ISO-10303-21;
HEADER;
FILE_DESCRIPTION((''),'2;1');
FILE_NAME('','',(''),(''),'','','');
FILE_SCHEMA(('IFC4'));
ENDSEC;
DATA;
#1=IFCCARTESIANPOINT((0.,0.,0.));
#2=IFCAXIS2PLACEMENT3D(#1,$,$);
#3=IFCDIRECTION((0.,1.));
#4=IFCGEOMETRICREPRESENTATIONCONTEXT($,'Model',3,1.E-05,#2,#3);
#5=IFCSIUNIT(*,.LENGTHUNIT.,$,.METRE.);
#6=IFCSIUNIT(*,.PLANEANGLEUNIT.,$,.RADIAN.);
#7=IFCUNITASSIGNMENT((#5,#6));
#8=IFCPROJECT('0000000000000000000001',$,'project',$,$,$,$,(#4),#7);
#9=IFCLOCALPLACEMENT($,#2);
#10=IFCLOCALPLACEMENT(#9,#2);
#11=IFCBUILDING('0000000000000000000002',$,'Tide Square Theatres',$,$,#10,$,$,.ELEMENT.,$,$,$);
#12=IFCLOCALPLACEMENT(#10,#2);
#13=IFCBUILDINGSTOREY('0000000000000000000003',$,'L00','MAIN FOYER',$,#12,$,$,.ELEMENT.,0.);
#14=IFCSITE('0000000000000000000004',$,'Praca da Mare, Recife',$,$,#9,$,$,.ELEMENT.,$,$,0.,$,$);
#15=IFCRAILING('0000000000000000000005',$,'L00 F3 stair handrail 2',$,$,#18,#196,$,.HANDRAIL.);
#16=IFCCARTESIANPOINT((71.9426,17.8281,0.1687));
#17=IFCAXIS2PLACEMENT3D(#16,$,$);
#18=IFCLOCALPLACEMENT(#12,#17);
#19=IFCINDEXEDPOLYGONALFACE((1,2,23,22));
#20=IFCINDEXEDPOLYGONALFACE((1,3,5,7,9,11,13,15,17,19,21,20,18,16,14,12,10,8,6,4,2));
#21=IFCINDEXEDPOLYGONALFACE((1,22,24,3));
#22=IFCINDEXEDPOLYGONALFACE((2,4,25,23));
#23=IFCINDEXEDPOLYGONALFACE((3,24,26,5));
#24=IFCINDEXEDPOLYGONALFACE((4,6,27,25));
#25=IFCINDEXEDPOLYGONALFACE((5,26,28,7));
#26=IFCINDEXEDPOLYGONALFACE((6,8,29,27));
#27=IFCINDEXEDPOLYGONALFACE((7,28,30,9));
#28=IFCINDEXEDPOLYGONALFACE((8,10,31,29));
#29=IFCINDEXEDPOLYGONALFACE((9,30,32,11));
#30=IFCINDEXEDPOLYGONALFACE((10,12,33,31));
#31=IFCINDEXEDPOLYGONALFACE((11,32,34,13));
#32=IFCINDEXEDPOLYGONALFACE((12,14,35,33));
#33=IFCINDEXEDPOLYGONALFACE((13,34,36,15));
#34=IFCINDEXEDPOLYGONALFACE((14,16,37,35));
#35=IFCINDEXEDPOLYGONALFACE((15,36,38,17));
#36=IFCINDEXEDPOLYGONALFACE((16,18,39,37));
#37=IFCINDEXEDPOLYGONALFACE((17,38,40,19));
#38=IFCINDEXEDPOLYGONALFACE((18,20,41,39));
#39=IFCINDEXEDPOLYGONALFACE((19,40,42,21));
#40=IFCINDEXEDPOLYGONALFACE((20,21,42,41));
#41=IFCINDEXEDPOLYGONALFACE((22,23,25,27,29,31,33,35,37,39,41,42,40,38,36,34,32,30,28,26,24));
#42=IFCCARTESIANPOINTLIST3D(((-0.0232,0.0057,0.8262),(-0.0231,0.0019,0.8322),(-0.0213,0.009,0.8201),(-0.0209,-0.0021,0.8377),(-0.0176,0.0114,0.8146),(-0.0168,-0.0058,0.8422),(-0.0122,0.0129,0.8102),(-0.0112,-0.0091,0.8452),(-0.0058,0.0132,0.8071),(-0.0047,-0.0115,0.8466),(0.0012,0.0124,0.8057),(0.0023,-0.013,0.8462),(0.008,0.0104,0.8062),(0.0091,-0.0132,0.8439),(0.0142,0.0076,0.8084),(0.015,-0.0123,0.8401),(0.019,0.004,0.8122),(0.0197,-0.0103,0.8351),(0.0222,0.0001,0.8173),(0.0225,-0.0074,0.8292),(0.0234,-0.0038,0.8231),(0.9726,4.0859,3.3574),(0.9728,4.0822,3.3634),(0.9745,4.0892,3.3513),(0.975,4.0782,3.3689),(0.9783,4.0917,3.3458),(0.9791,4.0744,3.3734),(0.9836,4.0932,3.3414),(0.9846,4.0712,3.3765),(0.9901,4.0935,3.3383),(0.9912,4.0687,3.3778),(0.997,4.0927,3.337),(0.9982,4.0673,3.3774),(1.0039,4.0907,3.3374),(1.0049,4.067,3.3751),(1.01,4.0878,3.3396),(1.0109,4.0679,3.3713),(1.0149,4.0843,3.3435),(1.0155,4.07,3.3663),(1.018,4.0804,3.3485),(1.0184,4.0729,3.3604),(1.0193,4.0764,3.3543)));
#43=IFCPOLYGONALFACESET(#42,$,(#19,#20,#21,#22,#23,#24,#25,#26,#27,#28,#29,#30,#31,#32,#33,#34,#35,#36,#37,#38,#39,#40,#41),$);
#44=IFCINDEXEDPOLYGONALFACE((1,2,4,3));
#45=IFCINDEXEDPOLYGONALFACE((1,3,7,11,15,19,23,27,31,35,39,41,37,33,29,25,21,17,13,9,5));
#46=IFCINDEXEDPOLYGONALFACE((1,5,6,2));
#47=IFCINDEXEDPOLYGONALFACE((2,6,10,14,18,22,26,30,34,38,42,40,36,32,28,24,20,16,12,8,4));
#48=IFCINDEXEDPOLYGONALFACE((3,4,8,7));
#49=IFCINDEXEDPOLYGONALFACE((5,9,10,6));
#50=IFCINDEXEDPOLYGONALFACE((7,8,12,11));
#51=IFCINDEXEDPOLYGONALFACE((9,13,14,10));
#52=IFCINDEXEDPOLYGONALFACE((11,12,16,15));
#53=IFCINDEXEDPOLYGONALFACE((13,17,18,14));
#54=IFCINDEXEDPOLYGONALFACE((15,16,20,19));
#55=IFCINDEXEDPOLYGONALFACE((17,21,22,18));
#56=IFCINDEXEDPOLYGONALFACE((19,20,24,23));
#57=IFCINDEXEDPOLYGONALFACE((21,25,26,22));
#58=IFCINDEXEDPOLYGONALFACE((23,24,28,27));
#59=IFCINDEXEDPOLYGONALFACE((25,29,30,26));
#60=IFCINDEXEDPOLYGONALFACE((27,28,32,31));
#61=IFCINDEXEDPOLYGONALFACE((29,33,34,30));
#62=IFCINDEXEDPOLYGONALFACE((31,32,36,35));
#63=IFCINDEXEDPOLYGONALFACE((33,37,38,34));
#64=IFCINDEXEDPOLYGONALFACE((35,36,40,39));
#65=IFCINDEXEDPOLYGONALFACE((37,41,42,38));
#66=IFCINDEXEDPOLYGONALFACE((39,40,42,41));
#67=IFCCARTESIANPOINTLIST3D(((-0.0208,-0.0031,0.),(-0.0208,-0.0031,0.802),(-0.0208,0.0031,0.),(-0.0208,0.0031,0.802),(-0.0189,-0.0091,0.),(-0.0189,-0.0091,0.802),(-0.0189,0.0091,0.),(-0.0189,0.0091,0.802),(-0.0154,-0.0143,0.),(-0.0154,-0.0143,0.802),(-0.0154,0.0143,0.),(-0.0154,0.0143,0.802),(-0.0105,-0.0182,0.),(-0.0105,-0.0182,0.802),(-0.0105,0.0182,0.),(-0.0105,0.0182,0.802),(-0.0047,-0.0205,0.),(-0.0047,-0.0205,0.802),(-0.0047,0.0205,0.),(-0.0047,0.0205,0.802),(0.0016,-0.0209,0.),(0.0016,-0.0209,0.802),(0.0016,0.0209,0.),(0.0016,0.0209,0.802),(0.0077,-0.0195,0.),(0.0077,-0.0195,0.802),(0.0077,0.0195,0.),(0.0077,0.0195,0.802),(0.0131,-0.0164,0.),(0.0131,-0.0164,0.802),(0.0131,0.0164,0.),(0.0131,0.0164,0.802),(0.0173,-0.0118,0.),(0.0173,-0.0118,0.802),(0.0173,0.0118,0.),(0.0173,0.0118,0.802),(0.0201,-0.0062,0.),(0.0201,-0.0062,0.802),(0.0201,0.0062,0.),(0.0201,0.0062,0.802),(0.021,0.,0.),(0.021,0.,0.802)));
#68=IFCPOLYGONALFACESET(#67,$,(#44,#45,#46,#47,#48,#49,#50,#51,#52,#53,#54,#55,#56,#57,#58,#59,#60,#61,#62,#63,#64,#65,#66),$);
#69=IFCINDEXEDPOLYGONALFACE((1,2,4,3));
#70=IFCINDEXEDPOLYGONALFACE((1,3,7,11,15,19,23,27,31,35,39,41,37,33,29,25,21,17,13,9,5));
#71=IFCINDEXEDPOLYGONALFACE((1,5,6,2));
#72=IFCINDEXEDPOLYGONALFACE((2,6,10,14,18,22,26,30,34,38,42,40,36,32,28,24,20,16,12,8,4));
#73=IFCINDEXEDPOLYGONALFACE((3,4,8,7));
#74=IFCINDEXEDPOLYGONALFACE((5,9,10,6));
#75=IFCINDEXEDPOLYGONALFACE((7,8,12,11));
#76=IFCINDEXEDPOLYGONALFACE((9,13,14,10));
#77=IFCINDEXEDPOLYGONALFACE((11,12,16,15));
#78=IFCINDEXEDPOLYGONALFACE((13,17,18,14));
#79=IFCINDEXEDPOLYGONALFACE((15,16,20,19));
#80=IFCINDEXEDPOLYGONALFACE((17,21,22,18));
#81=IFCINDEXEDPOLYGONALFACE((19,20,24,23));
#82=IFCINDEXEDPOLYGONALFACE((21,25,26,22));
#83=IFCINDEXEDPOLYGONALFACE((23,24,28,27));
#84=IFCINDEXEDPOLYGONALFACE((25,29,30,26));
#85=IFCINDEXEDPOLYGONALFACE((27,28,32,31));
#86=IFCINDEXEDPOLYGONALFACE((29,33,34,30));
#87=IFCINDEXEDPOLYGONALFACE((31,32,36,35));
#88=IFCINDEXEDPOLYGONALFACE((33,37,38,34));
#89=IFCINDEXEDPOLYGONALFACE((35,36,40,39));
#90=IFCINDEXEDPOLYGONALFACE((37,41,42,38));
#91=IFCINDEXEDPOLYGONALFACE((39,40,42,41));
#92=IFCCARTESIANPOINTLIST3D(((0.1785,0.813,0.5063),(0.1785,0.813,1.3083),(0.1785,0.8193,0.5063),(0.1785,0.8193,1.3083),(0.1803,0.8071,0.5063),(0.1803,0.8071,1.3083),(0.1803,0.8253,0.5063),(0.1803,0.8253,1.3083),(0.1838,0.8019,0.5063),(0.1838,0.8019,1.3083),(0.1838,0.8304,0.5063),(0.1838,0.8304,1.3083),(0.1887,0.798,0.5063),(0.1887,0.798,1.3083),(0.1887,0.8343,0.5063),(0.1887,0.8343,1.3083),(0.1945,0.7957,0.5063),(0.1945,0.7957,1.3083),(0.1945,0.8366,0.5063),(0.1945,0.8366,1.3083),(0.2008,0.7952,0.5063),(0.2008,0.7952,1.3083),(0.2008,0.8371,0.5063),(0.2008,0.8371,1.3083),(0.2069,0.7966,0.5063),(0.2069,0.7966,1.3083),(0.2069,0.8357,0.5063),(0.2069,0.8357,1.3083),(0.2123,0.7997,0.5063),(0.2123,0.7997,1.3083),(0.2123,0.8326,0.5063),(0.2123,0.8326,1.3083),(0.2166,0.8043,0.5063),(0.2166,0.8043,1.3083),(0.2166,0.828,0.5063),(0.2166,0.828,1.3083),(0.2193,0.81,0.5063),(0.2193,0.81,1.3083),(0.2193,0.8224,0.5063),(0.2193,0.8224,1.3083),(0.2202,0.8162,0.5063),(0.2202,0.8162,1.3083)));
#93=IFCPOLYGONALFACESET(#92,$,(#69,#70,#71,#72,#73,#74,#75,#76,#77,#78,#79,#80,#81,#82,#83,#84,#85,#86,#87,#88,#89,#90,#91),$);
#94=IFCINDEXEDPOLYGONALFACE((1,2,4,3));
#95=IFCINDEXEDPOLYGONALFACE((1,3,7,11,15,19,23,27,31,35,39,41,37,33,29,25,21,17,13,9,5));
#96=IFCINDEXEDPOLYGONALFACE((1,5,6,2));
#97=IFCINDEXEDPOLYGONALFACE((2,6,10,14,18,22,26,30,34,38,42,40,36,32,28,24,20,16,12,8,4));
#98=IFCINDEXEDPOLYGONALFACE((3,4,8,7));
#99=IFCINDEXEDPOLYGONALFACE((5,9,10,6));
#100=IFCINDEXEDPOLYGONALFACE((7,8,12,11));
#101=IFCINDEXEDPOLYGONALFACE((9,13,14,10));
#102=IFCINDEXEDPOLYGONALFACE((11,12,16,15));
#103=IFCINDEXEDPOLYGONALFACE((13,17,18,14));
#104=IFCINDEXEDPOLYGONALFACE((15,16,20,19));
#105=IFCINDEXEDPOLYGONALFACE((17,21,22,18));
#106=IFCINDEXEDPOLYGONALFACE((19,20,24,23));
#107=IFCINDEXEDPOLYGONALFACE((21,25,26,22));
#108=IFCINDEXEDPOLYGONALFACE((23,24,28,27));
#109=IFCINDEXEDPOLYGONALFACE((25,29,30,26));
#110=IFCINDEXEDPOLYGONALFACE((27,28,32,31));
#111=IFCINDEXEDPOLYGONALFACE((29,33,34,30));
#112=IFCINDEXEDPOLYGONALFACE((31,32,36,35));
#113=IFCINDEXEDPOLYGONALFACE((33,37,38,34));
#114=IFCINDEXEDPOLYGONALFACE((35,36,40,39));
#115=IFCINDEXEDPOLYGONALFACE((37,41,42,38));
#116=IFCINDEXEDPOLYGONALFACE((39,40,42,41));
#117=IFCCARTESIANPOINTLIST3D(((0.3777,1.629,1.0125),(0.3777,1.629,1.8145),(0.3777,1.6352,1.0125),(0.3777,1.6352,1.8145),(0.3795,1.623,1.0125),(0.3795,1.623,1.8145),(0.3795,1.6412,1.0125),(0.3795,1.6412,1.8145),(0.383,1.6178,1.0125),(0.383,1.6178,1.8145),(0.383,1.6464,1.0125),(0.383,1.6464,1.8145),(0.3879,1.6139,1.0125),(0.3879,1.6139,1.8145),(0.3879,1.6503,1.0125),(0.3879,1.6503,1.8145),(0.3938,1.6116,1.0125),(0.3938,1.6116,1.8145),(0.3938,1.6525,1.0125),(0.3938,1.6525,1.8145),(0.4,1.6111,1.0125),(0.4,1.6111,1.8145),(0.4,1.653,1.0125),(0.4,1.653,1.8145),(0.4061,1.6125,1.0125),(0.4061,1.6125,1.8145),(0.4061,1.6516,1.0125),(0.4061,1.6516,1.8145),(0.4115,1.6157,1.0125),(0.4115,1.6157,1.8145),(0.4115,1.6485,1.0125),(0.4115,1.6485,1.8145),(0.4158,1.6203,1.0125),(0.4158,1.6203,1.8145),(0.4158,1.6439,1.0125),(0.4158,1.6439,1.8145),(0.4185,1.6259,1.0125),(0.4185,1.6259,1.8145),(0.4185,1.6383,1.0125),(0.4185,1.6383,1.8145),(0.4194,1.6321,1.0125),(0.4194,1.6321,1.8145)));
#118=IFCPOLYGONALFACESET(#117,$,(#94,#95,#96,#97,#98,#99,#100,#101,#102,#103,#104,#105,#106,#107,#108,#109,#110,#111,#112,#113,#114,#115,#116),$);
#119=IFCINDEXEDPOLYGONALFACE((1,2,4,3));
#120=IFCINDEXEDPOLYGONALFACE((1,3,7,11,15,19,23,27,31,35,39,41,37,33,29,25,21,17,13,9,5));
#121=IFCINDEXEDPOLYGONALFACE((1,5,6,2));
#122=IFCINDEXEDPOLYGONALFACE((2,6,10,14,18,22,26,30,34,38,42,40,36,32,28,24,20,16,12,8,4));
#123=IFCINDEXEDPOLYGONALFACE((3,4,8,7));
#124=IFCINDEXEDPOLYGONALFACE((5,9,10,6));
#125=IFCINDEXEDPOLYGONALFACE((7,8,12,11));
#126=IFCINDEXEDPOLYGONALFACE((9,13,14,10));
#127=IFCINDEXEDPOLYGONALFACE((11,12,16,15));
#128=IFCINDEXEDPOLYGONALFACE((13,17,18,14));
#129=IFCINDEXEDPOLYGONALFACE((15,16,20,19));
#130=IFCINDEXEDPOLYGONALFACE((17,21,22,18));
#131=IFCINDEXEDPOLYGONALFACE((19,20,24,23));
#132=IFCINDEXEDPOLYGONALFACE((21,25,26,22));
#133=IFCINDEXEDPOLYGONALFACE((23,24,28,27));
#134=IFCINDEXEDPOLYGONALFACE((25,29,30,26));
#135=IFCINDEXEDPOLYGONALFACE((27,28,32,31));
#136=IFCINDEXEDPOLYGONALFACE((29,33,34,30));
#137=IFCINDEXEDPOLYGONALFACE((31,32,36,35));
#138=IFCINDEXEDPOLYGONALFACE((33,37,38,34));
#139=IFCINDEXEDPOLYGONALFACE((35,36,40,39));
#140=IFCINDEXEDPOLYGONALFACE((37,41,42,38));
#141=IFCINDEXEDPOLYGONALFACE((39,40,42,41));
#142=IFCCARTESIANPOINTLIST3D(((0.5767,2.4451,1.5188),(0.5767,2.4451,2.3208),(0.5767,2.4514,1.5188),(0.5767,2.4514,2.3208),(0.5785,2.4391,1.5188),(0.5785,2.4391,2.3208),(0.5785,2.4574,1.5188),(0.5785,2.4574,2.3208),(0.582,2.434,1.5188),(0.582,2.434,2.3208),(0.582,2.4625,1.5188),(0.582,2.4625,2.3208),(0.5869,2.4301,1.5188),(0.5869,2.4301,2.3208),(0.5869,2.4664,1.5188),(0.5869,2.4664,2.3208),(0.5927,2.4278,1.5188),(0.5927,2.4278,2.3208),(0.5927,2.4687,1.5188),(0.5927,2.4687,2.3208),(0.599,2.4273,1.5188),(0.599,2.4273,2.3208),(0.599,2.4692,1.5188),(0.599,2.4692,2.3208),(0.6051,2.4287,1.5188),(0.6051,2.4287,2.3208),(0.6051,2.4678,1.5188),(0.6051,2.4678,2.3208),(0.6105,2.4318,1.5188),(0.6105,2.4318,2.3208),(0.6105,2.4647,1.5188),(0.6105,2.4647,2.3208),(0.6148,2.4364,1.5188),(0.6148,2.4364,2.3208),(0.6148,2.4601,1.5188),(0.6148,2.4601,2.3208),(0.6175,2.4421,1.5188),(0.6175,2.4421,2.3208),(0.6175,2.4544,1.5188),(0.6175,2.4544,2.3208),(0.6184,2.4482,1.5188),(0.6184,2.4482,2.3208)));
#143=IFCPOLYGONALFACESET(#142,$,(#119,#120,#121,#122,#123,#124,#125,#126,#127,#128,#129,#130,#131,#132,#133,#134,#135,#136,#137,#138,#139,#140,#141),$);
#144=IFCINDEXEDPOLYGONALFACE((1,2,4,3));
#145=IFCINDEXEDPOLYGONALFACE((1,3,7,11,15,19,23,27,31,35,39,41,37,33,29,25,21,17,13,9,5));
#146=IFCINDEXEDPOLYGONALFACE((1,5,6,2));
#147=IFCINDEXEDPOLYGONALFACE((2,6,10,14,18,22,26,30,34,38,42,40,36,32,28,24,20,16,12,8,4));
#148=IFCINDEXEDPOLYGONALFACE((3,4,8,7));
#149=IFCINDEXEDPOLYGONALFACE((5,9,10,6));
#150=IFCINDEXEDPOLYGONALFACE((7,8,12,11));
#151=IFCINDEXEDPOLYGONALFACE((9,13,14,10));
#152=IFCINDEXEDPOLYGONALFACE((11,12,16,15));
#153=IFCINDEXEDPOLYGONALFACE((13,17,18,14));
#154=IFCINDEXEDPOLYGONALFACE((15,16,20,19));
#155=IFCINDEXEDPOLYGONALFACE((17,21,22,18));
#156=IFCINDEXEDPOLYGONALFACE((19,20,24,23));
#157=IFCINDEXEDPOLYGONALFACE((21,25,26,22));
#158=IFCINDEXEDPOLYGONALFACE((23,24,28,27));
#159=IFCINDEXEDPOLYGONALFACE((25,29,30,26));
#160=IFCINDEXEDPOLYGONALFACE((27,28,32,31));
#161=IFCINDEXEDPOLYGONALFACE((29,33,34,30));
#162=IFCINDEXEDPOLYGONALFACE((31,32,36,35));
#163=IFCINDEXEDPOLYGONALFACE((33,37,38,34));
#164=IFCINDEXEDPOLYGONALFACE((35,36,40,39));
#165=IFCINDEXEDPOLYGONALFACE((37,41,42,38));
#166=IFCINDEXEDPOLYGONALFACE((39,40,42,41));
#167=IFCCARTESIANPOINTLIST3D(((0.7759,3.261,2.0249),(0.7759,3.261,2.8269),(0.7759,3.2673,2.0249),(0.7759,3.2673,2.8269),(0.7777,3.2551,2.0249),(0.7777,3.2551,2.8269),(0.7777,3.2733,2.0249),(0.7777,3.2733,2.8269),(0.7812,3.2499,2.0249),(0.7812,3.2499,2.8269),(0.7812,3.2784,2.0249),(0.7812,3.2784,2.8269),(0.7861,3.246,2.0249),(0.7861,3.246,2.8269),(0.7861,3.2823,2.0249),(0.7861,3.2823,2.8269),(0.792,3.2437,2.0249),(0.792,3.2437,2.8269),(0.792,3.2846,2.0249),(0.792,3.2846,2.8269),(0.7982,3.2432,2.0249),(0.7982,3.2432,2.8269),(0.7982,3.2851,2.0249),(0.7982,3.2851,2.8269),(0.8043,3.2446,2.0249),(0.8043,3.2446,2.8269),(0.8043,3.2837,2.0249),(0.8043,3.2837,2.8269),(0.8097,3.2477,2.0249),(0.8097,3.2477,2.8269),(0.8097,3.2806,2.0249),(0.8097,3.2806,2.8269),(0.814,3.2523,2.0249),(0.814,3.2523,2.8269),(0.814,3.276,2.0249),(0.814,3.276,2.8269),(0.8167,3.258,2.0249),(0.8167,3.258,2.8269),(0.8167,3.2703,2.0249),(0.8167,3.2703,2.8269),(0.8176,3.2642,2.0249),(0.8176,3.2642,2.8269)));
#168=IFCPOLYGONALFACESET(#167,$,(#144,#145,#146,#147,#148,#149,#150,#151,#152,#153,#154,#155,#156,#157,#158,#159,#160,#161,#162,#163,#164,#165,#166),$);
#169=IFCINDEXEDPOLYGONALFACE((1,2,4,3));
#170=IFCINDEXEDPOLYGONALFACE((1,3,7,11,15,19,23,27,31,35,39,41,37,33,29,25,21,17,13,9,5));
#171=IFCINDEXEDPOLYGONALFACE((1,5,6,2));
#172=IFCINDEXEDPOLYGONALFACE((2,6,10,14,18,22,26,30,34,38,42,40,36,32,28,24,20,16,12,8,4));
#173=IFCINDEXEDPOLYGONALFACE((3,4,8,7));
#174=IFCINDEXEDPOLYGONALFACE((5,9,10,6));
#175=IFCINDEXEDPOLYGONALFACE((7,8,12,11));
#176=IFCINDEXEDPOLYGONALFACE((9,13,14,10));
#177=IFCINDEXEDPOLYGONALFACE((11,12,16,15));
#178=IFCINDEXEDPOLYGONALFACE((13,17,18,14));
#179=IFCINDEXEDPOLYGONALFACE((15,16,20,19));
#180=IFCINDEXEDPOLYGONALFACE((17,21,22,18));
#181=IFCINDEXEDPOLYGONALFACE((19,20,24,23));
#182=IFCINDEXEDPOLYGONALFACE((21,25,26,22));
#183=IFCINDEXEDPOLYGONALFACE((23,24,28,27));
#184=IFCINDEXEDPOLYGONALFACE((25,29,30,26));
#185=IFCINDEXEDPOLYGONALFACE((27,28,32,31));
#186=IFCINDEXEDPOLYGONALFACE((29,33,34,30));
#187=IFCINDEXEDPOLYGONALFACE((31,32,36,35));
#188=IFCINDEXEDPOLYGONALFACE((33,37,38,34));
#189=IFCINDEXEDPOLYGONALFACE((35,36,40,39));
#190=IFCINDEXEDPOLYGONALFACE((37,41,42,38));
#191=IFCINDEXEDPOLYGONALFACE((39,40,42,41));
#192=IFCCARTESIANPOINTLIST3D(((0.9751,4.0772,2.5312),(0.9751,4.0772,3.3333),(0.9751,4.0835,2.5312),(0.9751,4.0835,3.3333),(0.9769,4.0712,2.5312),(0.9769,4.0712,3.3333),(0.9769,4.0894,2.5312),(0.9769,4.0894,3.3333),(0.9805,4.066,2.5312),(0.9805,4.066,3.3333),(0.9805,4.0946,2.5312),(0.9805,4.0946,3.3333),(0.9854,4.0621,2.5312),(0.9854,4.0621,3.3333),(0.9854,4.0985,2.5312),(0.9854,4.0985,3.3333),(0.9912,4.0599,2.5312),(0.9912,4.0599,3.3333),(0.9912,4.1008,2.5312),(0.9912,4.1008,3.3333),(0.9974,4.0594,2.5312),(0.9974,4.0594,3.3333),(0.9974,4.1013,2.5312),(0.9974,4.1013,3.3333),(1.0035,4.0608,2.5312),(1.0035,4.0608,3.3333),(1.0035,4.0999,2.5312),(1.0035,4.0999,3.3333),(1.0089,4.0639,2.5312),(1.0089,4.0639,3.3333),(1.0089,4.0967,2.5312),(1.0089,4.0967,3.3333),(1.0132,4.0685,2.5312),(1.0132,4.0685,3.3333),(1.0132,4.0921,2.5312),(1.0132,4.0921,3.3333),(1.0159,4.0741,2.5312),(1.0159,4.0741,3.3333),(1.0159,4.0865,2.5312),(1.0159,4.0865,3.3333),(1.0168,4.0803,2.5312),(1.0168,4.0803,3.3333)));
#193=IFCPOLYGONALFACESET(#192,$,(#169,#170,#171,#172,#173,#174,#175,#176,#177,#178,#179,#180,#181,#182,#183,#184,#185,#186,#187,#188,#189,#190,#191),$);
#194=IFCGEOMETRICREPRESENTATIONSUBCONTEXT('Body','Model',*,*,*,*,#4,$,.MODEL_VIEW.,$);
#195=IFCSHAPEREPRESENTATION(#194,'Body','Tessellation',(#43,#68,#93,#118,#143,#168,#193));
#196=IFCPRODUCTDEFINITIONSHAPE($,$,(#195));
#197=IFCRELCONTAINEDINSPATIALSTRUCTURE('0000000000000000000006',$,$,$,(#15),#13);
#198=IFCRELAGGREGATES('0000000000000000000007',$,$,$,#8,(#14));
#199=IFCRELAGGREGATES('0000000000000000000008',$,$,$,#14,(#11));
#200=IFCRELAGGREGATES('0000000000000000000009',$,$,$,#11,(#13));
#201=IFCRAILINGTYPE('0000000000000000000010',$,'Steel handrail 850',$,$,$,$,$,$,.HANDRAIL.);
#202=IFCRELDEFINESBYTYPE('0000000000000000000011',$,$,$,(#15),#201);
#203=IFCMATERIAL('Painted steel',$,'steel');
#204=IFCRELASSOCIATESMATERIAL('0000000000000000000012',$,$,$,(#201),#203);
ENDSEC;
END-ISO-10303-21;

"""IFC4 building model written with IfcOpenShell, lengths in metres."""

from ifc_helpers import new_model, si_unit, direction, frame, origin, origin_2d, place, context, subcontext, project, spatial, circle, extrude, material, type_object, element, save


model = new_model("IFC4")

# Units and contexts
model_context = context("Model", 3, precision=1e-05, world=origin(), true_north=direction((0.0, 1.0)))
body_context = subcontext(model_context, "Body", "Model", "MODEL_VIEW")
ifc_project = project(units=[si_unit("LENGTHUNIT", "METRE"), si_unit("PLANEANGLEUNIT", "RADIAN")], contexts=[model_context])

# Site, building, storey
site_placement = place(None, origin())
site = spatial("IfcSite", under=ifc_project, at=site_placement, Name="Praca da Mare, Recife", CompositionType="ELEMENT", RefElevation=0.0)
building_placement = place(site_placement, origin())
building = spatial("IfcBuilding", under=site, at=building_placement, Name="Tide Square Theatres", CompositionType="ELEMENT")
storey_placement = place(building_placement, origin())
storey = spatial("IfcBuildingStorey", under=building, at=storey_placement, Name="L00", Description="MAIN FOYER", CompositionType="ELEMENT", Elevation=0.0)

# Railing
ifc_material_1 = material(Name="Painted steel", Category="steel")
railing_type_1 = type_object("IfcRailingType", Name="Steel handrail 850", PredefinedType="HANDRAIL", material=ifc_material_1)
railing_1_placement = place(storey_placement, frame((71.9426, 17.8281, 0.1687)))
element("IfcRailing", 1, at=railing_1_placement, inside=storey, type_object=railing_type_1, Name="L00 F3 stair handrail 2", PredefinedType="HANDRAIL", context=body_context, shape_type="SweptSolid", body=[
    extrude(circle(Radius=0.0239, at=origin_2d()), frame((0.0, 0.0, 0.8262), z_axis=(0.203074, 0.832061, 0.516174), x_axis=(-0.971485, 0.237102, 0.0)), (0.0, 0.0, 1.0), 4.9038),
    extrude(circle(Radius=0.021, at=origin_2d()), origin(), (0.0, 0.0, 1.0), 0.802),
    extrude(circle(Radius=0.021, at=origin_2d()), frame((0.1992, 0.8162, 0.5063)), (0.0, 0.0, 1.0), 0.802),
    extrude(circle(Radius=0.021, at=origin_2d()), frame((0.3984, 1.6321, 1.0125)), (0.0, 0.0, 1.0), 0.802),
    extrude(circle(Radius=0.021, at=origin_2d()), frame((0.5974, 2.4482, 1.5188)), (0.0, 0.0, 1.0), 0.802),
    extrude(circle(Radius=0.021, at=origin_2d()), frame((0.7966, 3.2642, 2.0249)), (0.0, 0.0, 1.0), 0.802),
    extrude(circle(Radius=0.021, at=origin_2d()), frame((0.9958, 4.0803, 2.5312)), (0.0, 0.0, 1.0), 0.802),
])

save(model, "model.ifc")
